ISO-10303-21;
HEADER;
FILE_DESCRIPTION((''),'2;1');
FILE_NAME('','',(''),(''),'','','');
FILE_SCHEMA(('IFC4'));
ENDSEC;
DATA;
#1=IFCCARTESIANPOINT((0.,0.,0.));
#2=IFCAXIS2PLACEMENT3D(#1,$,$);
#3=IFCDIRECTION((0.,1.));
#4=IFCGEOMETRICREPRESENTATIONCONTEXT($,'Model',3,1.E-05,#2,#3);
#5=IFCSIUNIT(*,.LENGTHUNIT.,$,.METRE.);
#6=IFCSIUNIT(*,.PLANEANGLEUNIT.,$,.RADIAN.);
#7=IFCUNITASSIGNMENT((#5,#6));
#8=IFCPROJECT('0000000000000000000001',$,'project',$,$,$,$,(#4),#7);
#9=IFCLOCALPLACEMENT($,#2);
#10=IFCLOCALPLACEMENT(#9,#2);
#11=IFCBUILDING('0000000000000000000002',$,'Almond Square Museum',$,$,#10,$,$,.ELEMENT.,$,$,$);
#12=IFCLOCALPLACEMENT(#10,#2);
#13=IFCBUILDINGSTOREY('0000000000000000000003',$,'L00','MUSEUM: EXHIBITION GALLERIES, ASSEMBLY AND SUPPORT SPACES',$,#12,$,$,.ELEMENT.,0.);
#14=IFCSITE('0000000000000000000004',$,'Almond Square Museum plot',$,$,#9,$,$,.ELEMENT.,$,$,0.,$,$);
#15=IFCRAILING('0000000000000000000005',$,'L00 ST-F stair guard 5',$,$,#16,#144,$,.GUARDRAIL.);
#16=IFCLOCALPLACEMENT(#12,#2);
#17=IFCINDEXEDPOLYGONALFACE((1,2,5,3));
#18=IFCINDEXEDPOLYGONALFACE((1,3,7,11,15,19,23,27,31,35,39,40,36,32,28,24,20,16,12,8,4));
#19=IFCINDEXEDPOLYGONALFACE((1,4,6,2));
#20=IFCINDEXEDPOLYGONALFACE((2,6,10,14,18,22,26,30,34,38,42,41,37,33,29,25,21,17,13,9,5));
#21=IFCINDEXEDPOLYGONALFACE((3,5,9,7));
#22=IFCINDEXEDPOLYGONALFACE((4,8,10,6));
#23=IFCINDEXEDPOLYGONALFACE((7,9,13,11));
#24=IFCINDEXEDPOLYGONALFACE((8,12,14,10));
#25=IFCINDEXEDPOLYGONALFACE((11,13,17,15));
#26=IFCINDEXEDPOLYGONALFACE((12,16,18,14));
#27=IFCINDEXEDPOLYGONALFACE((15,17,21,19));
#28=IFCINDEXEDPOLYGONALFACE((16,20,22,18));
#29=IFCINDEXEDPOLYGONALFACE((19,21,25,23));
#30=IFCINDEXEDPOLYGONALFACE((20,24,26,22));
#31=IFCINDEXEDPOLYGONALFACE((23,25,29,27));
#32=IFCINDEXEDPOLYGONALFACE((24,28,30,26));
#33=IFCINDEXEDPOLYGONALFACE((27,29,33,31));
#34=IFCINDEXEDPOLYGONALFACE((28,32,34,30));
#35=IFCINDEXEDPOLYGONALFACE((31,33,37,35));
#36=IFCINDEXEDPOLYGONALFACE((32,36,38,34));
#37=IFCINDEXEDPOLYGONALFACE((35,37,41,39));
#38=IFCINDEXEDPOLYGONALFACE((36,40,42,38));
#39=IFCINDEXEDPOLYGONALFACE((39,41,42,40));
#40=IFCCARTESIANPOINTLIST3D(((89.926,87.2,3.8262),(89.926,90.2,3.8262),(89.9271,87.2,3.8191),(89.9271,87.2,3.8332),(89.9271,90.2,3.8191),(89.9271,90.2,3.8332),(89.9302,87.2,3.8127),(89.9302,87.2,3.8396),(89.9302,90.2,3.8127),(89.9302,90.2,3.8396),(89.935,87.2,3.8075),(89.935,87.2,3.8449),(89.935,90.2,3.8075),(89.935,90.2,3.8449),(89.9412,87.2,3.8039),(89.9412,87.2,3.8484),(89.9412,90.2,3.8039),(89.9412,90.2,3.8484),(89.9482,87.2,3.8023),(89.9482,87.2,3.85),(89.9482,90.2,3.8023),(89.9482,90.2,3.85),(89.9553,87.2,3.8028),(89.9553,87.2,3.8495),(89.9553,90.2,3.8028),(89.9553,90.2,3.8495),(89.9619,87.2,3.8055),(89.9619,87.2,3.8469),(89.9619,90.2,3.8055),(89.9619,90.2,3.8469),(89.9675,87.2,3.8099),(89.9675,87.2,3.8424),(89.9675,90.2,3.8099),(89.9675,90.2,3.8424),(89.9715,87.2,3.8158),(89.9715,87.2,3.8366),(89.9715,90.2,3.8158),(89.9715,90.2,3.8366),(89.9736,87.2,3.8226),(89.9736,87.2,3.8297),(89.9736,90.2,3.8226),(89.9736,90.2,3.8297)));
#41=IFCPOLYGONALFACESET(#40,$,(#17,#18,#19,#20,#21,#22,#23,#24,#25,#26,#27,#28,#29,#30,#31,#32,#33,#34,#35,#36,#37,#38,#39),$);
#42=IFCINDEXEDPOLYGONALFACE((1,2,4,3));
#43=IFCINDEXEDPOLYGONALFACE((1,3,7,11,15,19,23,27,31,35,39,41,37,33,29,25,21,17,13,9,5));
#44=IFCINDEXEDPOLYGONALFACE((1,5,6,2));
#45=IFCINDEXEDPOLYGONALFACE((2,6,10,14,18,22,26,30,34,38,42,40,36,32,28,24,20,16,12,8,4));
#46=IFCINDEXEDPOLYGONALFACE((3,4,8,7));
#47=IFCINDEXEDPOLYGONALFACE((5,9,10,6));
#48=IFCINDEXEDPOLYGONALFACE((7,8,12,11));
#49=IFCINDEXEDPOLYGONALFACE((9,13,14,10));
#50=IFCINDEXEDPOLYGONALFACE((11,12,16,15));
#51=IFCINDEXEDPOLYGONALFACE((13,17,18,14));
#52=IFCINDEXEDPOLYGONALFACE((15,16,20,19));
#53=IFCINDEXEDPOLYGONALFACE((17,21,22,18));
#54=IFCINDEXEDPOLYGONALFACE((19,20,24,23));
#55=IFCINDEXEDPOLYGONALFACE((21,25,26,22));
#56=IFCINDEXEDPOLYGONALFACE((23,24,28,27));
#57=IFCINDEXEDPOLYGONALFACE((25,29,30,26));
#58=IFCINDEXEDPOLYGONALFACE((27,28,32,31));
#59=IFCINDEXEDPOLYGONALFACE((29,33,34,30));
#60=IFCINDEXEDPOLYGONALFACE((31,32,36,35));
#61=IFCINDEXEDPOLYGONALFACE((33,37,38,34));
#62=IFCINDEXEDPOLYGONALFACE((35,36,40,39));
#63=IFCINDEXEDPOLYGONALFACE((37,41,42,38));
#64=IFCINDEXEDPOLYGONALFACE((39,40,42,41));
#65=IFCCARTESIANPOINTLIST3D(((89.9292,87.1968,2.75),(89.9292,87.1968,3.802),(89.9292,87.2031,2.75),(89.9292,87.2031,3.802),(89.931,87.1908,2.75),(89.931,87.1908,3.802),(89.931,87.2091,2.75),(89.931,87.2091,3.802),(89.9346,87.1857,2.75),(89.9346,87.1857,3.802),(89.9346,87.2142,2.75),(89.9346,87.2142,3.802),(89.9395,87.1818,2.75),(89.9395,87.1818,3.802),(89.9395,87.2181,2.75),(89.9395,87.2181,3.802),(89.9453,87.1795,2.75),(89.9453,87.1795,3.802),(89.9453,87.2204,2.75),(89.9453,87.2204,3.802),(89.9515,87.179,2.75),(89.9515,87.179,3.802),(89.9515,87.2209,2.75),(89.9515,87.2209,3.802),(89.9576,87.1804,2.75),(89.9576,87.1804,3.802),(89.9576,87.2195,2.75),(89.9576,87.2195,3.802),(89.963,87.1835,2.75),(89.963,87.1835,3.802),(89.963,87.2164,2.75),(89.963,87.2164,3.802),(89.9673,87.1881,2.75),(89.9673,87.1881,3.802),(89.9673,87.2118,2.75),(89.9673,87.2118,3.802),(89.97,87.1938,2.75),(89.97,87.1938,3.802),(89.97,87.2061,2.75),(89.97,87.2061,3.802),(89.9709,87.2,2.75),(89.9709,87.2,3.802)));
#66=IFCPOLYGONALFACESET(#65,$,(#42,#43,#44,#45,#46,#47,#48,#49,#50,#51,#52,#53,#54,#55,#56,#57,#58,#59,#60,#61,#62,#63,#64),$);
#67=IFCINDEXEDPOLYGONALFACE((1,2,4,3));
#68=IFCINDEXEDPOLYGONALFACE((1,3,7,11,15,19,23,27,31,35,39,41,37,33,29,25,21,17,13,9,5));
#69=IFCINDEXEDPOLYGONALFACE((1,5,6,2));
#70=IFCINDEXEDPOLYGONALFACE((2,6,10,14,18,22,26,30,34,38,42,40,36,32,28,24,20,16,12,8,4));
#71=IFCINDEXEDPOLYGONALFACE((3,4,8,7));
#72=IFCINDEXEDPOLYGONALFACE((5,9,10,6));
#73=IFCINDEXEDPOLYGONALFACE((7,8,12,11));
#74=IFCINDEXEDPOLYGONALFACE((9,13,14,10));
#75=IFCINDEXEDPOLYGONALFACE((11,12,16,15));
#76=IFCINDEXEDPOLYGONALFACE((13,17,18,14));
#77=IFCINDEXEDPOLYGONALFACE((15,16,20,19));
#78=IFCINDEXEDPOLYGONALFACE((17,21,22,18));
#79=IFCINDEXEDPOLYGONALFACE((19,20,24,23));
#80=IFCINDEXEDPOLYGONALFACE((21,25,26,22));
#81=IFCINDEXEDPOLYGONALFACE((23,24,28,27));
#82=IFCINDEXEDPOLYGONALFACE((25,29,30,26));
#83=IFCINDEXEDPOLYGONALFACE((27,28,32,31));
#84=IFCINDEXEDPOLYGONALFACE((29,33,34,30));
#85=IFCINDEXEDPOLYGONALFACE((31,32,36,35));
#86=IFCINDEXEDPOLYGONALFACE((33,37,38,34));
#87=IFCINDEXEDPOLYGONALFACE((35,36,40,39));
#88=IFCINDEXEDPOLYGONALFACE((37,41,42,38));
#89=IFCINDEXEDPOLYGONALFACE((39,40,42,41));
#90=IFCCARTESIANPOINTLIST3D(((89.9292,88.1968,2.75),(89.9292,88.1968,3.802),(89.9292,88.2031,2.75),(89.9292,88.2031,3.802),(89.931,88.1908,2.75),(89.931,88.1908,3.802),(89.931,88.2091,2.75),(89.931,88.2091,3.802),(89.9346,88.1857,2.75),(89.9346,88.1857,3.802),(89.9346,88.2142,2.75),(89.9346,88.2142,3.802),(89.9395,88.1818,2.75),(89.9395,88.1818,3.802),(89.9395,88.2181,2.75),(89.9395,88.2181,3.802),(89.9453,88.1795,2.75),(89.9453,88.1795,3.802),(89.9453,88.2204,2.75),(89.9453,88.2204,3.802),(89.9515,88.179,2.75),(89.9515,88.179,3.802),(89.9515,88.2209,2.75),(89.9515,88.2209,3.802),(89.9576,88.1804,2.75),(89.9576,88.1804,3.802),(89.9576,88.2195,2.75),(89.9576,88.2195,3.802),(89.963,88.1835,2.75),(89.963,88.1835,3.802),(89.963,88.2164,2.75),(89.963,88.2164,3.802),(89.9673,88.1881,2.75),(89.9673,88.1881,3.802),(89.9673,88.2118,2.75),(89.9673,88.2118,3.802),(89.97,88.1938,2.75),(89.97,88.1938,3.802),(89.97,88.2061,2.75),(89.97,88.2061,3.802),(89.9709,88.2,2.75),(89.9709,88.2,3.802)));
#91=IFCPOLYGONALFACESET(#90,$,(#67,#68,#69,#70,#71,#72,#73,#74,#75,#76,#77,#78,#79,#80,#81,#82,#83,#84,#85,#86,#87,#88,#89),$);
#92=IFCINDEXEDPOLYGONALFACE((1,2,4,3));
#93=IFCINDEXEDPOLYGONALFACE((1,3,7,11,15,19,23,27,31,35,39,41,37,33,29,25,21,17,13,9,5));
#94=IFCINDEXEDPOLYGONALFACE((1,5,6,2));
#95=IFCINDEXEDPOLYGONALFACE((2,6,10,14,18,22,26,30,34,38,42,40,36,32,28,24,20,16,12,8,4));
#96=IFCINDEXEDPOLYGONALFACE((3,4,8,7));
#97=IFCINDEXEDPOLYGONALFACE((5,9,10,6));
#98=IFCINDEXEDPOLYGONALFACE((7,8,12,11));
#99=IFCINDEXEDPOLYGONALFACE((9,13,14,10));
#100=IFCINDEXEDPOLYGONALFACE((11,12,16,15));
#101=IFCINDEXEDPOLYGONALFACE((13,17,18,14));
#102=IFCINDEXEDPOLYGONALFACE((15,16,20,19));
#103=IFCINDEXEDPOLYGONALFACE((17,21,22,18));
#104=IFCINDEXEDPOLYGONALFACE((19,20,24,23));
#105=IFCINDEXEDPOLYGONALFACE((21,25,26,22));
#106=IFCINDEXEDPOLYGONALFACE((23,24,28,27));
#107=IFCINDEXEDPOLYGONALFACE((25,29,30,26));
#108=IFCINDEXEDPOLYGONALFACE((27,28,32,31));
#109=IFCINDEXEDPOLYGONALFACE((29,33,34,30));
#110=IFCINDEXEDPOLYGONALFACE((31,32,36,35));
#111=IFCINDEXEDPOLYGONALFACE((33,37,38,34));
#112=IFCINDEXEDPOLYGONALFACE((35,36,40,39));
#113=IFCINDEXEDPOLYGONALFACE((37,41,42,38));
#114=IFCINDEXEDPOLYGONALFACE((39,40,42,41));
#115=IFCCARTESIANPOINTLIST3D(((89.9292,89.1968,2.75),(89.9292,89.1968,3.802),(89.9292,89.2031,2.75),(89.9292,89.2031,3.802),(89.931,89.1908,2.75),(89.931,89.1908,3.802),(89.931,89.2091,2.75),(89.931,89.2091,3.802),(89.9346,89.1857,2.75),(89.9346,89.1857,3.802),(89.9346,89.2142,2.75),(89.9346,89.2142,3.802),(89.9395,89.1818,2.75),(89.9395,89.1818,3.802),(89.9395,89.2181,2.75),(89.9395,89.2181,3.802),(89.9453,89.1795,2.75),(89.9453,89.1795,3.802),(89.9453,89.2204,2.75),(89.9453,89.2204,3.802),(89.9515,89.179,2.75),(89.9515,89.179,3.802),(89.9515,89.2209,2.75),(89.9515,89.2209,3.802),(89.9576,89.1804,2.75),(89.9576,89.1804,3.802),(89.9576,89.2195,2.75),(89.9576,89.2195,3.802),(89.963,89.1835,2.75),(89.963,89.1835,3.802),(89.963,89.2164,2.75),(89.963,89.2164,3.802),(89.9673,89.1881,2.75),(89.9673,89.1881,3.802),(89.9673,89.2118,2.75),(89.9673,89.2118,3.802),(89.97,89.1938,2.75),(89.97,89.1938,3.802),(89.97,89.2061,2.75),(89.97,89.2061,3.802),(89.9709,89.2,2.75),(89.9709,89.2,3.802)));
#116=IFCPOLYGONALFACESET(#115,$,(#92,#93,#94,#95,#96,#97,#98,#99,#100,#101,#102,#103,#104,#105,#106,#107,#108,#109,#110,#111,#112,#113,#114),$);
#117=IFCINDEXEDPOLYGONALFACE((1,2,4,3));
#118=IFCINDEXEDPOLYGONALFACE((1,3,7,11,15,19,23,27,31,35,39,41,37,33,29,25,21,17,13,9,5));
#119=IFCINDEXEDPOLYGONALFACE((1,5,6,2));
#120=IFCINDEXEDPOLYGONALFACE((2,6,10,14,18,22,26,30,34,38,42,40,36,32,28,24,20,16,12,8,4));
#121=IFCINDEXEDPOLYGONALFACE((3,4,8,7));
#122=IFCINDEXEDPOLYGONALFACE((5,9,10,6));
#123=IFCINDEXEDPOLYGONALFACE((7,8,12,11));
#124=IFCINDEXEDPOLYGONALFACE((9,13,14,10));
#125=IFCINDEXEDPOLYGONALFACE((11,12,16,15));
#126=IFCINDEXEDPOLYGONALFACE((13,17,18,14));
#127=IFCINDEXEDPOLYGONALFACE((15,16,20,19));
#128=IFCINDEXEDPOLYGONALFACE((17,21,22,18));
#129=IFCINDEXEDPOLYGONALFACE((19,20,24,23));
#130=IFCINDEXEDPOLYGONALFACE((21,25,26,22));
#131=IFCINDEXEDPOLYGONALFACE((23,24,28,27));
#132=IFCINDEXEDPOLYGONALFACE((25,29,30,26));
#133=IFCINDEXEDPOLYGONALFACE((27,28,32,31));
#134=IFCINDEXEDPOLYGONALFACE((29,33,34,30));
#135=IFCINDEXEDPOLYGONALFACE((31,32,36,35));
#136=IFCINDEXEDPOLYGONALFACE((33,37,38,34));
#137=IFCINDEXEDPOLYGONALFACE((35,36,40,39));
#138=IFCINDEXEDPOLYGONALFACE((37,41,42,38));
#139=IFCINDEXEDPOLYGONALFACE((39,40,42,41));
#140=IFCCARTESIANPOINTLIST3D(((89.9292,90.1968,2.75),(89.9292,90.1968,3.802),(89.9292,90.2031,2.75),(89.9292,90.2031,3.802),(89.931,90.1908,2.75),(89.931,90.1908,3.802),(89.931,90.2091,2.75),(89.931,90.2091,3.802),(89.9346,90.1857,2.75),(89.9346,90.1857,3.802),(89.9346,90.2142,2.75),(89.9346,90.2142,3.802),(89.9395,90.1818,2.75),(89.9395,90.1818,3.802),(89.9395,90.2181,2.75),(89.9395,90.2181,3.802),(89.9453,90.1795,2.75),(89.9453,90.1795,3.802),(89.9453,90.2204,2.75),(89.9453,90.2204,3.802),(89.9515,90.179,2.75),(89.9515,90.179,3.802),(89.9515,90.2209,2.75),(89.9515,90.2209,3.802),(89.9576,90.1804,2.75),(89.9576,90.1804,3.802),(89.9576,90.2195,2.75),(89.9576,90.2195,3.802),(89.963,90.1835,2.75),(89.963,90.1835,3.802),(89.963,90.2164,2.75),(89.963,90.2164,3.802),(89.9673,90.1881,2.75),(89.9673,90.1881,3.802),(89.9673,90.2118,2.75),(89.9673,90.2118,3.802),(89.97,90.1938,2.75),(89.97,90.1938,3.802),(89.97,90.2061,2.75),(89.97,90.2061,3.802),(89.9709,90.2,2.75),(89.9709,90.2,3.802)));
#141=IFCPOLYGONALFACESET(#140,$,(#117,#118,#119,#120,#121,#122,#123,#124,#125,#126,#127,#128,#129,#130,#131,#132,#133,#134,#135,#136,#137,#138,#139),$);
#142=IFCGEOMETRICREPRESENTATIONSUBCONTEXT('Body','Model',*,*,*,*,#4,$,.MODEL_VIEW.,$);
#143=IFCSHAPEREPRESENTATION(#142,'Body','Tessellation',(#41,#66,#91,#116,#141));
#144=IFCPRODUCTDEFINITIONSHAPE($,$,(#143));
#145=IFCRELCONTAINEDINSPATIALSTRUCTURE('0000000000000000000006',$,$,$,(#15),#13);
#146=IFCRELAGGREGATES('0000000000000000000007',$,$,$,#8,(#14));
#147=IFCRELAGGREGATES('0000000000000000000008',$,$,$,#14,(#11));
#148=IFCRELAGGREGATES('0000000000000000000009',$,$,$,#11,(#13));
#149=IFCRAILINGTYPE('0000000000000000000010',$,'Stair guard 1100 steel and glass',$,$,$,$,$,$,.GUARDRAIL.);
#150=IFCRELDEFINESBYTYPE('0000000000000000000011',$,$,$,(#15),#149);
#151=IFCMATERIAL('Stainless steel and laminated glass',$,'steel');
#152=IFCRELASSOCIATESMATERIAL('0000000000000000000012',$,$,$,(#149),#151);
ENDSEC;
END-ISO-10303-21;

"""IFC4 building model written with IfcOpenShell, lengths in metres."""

from ifc_helpers import new_model, si_unit, direction, frame, origin, origin_2d, place, context, subcontext, project, spatial, circle, extrude, material, type_object, element, save


model = new_model("IFC4")

# Units and contexts
model_context = context("Model", 3, precision=1e-05, world=origin(), true_north=direction((0.0, 1.0)))
body_context = subcontext(model_context, "Body", "Model", "MODEL_VIEW")
ifc_project = project(units=[si_unit("LENGTHUNIT", "METRE"), si_unit("PLANEANGLEUNIT", "RADIAN")], contexts=[model_context])

# Site, building, storey
site_placement = place(None, origin())
site = spatial("IfcSite", under=ifc_project, at=site_placement, Name="Almond Square Museum plot", CompositionType="ELEMENT", RefElevation=0.0)
building_placement = place(site_placement, origin())
building = spatial("IfcBuilding", under=site, at=building_placement, Name="Almond Square Museum", CompositionType="ELEMENT")
storey_placement = place(building_placement, origin())
storey = spatial("IfcBuildingStorey", under=building, at=storey_placement, Name="L00", Description="MUSEUM: EXHIBITION GALLERIES, ASSEMBLY AND SUPPORT SPACES", CompositionType="ELEMENT", Elevation=0.0)

# Railing
ifc_material_1 = material(Name="Stainless steel and laminated glass", Category="steel")
railing_type_1 = type_object("IfcRailingType", Name="Stair guard 1100 steel and glass", PredefinedType="GUARDRAIL", material=ifc_material_1)
railing_1_placement = place(storey_placement, frame((89.95, 87.2, 2.75)))
element("IfcRailing", 1, at=railing_1_placement, inside=storey, type_object=railing_type_1, Name="L00 ST-F stair guard 5", PredefinedType="GUARDRAIL", context=body_context, shape_type="SweptSolid", body=[
    extrude(circle(Radius=0.0239, at=origin_2d()), frame((0.0, 0.0, 1.0762), z_axis=(0.0, 1.0, 0.0), x_axis=(-1.0, 0.0, 0.0)), (0.0, 0.0, 1.0), 3.0),
    extrude(circle(Radius=0.021, at=origin_2d()), origin(), (0.0, 0.0, 1.0), 1.052),
    extrude(circle(Radius=0.021, at=origin_2d()), frame((0.0, 1.0, 0.0)), (0.0, 0.0, 1.0), 1.052),
    extrude(circle(Radius=0.021, at=origin_2d()), frame((0.0, 2.0, 0.0)), (0.0, 0.0, 1.0), 1.052),
    extrude(circle(Radius=0.021, at=origin_2d()), frame((0.0, 3.0, 0.0)), (0.0, 0.0, 1.0), 1.052),
])

save(model, "model.ifc")
